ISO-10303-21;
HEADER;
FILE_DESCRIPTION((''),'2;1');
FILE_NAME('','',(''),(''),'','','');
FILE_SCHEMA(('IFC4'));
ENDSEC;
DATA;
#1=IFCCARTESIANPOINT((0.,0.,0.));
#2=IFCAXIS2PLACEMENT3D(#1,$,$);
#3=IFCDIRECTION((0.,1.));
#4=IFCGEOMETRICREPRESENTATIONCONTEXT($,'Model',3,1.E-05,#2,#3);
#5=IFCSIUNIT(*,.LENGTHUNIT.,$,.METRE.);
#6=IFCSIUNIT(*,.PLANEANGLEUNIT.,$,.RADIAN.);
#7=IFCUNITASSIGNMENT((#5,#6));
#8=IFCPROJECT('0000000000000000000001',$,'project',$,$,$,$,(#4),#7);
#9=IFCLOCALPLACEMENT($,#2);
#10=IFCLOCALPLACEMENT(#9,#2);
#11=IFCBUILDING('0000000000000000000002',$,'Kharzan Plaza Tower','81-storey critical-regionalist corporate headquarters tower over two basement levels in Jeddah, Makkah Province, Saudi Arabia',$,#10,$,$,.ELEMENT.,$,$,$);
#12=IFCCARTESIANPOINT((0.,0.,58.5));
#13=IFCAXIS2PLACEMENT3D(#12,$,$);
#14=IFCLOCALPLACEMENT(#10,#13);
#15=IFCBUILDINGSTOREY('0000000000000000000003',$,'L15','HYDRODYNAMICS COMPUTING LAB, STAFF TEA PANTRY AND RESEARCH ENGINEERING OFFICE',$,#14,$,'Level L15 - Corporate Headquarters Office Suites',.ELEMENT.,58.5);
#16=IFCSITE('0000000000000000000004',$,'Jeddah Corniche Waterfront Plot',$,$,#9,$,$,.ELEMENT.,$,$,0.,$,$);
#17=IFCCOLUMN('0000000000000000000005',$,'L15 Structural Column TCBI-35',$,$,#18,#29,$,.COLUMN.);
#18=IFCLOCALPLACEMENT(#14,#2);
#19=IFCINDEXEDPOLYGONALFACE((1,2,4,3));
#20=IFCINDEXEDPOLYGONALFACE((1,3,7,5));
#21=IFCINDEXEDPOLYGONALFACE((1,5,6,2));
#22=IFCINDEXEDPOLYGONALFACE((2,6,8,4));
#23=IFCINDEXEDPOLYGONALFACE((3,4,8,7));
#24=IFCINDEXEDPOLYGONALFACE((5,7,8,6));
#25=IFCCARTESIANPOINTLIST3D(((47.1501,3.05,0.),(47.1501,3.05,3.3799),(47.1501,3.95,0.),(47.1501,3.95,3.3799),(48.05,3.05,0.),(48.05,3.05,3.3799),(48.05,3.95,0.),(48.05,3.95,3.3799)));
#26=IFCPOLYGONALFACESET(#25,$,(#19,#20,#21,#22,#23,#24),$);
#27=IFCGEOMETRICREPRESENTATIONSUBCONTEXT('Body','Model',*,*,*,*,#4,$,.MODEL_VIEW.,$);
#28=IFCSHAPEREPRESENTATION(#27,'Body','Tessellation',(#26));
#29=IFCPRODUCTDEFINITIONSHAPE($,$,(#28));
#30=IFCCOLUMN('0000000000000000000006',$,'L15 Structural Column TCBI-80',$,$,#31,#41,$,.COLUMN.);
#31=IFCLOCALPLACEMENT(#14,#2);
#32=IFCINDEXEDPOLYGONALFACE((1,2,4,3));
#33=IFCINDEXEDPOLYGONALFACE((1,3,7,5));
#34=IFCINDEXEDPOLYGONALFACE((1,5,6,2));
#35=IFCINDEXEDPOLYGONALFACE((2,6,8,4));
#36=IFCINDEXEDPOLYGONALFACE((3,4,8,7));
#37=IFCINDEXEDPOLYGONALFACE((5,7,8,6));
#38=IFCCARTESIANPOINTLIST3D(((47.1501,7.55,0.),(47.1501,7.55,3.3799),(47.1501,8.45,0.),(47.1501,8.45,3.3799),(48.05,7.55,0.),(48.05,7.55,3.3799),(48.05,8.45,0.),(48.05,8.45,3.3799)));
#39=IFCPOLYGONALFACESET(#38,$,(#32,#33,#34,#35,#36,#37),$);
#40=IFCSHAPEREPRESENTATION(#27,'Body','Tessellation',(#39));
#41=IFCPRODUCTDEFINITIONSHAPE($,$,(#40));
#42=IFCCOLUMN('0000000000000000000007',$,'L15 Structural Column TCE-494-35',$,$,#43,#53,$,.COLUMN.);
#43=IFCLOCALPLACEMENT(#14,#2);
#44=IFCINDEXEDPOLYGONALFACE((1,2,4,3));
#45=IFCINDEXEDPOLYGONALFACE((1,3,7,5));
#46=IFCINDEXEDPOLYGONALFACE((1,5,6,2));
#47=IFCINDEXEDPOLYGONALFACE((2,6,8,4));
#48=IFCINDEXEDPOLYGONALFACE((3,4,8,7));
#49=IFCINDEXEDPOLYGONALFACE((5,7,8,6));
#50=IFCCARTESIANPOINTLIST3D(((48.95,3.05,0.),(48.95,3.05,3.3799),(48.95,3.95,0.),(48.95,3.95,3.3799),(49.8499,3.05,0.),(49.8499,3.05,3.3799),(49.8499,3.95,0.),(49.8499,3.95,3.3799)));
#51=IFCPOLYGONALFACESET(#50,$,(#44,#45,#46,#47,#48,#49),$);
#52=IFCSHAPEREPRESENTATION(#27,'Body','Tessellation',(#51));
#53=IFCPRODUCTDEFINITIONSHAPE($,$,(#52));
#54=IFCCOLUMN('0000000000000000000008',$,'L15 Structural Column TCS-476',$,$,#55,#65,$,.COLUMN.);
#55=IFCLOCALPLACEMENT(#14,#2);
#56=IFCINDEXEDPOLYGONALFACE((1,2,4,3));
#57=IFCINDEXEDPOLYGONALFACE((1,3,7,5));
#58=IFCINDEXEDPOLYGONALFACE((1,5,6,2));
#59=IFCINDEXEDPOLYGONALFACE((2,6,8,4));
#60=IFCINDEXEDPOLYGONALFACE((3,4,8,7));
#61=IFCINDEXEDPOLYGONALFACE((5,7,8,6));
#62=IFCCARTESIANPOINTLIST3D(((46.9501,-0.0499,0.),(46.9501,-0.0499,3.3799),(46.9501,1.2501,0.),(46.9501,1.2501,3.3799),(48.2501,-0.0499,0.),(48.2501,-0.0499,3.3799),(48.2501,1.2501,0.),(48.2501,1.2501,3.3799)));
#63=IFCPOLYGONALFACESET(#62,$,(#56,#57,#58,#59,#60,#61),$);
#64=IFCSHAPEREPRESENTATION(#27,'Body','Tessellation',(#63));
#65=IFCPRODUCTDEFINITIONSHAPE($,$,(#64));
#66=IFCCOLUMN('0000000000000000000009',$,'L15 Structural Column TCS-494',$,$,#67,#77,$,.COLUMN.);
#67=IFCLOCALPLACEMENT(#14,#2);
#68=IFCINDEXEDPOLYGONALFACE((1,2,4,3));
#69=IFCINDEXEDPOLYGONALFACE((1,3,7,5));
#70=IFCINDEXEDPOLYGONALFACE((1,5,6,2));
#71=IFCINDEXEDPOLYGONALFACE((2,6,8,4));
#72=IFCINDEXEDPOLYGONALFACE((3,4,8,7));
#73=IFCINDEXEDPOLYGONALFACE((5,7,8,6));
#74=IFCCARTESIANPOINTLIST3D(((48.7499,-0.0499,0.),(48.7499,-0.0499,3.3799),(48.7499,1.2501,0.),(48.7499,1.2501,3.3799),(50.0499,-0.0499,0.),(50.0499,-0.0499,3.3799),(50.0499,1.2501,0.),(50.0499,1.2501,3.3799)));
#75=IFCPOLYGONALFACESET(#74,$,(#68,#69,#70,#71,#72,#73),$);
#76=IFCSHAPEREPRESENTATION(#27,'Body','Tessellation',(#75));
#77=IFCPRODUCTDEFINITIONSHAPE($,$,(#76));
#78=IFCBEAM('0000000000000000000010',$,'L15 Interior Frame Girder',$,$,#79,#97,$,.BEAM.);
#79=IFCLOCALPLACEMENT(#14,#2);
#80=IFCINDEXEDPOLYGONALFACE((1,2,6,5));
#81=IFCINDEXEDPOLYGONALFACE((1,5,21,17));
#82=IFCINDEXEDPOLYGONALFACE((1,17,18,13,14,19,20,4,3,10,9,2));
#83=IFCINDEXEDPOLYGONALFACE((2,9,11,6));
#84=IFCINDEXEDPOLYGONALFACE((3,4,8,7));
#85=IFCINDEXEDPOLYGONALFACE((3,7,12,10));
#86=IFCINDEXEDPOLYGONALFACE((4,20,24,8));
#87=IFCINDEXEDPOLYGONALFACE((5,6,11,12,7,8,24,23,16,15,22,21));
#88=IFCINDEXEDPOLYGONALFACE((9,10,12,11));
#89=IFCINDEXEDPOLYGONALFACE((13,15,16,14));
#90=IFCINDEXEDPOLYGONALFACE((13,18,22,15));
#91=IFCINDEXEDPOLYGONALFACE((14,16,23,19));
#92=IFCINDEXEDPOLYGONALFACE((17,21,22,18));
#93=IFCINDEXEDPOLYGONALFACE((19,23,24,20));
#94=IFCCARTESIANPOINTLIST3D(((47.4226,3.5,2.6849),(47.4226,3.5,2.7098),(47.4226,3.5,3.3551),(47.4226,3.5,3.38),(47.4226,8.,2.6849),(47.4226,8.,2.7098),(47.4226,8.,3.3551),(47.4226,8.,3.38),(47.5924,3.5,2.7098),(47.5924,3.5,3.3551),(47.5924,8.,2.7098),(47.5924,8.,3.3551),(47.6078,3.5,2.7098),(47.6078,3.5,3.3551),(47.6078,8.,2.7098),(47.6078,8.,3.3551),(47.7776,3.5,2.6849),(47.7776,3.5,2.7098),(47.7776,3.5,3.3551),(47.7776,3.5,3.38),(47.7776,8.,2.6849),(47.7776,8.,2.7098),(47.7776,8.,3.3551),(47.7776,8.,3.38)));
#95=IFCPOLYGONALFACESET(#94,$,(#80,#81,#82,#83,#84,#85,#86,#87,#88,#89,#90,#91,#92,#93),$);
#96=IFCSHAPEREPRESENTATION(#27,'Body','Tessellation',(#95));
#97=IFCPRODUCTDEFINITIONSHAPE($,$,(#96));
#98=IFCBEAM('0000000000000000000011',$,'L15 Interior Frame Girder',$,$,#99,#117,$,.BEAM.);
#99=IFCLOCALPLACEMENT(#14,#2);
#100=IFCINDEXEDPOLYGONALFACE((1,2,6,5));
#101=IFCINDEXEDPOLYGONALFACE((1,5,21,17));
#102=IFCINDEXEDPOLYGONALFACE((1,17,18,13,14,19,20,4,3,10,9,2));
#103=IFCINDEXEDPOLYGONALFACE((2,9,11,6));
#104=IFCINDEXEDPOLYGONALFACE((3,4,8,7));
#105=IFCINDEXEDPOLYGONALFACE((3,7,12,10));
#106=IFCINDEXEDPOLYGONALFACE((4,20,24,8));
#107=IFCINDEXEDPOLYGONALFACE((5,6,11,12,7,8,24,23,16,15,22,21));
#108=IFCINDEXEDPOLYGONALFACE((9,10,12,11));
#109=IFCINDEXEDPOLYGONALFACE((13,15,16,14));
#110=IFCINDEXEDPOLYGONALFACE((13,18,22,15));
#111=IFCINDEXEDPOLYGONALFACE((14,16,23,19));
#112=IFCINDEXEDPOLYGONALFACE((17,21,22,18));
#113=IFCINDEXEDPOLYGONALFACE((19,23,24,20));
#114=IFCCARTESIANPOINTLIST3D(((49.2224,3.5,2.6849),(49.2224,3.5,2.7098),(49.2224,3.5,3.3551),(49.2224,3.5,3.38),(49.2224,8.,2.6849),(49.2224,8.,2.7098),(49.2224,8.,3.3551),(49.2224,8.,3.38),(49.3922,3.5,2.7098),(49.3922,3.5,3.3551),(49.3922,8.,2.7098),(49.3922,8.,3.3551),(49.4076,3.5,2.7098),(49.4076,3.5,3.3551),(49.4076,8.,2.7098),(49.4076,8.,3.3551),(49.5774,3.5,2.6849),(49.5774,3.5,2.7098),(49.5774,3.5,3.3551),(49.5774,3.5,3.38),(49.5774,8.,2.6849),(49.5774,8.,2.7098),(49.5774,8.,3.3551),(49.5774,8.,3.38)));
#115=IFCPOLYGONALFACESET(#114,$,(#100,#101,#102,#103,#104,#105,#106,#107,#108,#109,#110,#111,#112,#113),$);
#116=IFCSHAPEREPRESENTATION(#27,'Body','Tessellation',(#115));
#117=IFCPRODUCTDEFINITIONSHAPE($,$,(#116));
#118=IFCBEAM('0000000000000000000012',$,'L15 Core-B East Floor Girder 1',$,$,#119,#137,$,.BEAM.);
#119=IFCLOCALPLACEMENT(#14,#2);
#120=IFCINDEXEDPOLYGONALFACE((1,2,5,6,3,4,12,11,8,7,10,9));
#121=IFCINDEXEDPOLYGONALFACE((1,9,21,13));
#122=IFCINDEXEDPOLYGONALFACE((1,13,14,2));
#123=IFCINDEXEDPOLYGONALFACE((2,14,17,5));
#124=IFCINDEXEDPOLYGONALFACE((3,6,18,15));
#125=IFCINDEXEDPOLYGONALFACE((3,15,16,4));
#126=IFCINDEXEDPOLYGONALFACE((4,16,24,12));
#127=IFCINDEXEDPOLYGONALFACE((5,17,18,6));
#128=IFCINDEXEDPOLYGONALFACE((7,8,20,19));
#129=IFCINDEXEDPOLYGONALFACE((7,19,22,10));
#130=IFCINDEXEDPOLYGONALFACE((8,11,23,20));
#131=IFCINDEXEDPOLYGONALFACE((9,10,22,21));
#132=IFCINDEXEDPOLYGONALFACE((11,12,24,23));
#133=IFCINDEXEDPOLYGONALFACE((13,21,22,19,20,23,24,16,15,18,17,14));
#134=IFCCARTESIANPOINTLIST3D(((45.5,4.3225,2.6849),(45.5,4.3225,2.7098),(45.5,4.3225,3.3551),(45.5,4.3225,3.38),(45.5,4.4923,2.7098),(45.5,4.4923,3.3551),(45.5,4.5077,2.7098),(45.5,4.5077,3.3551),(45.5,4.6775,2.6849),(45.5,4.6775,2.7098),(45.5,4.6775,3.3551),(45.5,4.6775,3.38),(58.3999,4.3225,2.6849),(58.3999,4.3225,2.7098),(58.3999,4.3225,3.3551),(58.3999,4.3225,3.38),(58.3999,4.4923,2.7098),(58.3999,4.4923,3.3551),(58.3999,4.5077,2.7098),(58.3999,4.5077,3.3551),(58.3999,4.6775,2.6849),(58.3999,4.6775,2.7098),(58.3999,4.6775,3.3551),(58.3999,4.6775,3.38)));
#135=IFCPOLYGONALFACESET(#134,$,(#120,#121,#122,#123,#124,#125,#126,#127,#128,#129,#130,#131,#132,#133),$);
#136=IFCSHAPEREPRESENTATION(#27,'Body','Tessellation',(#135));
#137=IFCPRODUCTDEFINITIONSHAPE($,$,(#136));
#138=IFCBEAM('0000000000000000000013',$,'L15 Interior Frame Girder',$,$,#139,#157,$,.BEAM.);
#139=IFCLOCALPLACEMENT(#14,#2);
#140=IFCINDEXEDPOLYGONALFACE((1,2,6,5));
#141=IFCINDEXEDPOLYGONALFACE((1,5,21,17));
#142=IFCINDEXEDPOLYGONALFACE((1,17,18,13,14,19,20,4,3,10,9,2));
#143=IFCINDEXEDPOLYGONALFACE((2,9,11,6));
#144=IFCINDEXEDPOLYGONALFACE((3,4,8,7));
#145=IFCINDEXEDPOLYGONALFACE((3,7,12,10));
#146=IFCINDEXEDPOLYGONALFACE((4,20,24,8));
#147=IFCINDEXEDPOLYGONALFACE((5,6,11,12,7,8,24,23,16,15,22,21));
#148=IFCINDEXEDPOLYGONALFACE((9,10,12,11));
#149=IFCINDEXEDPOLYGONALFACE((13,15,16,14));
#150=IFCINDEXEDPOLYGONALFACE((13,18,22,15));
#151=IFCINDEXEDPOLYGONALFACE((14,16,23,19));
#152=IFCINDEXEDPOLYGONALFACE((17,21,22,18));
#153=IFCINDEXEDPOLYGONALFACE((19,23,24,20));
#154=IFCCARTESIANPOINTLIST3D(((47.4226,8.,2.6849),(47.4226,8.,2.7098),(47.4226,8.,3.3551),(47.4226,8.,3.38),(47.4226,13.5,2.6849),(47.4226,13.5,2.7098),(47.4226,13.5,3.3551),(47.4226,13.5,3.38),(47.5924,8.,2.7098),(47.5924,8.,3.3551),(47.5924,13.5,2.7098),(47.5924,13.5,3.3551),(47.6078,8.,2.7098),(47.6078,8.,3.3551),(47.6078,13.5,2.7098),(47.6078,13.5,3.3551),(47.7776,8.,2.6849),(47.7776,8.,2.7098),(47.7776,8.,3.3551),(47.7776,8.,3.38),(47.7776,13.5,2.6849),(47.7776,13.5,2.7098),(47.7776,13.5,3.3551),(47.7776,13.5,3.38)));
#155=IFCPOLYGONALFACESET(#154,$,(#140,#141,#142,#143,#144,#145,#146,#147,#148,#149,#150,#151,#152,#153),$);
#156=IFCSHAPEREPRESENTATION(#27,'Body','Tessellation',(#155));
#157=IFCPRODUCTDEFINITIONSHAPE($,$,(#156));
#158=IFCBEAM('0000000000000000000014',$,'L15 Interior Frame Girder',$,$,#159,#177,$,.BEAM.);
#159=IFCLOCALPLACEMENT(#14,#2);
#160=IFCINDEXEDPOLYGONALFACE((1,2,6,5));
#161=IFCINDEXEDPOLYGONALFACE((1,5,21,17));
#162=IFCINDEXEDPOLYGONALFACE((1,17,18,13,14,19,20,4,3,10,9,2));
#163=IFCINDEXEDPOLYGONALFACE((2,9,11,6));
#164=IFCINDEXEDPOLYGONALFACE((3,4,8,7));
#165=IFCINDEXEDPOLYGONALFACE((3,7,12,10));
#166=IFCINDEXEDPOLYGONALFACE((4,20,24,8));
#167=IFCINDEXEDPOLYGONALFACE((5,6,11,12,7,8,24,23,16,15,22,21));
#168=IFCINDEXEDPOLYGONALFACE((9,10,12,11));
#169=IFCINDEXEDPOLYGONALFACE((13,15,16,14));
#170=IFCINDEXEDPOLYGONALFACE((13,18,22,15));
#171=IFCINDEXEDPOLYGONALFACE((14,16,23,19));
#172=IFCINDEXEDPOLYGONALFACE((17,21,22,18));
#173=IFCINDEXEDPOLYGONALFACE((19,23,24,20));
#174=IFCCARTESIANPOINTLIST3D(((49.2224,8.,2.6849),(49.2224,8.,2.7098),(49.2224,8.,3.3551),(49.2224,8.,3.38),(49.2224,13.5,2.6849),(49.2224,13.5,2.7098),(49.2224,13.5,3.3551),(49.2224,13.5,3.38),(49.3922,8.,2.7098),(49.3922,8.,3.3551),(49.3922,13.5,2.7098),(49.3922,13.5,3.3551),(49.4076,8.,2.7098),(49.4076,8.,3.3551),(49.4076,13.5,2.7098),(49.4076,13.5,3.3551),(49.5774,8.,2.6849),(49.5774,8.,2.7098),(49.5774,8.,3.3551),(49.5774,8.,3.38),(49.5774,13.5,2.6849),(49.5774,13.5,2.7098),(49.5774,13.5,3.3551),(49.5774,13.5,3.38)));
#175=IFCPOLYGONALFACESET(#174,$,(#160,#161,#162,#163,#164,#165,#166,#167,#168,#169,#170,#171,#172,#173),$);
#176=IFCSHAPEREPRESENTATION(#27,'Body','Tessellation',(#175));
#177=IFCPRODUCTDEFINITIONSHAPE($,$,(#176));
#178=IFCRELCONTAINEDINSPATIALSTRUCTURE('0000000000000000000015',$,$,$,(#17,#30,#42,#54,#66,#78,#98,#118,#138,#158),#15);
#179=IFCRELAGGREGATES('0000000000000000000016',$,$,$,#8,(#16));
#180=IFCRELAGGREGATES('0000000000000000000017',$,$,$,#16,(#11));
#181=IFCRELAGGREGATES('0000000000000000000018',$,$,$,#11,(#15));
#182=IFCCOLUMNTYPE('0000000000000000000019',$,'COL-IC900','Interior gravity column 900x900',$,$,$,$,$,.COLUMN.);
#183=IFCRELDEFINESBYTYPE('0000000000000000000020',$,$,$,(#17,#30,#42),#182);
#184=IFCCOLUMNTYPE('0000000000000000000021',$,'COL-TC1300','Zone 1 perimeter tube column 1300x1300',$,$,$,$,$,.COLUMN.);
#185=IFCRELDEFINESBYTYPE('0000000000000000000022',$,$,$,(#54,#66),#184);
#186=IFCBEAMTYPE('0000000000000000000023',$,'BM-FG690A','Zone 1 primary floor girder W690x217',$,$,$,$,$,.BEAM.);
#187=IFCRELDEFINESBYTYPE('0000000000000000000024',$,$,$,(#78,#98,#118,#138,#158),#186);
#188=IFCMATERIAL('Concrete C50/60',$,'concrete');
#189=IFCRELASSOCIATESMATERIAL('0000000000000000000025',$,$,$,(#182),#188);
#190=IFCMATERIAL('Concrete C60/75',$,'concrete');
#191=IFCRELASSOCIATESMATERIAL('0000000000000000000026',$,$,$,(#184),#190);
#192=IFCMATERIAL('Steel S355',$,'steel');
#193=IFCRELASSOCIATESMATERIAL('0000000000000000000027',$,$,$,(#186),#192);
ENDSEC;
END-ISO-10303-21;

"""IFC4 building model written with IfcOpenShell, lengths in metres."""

from ifc_helpers import new_model, si_unit, direction, frame, origin, origin_2d, place, context, subcontext, project, spatial, rectangle, i_section, extrude, source, transform, mapped, material, material_profile, profile_set, type_object, element, save


model = new_model("IFC4")

# Units and contexts
model_context = context("Model", 3, precision=1e-05, world=origin(), true_north=direction((0.0, 1.0)))
body_context = subcontext(model_context, "Body", "Model", "MODEL_VIEW")
ifc_project = project(units=[si_unit("LENGTHUNIT", "METRE"), si_unit("PLANEANGLEUNIT", "RADIAN")], contexts=[model_context])

# Site, building, storey
site_placement = place(None, origin())
site = spatial("IfcSite", under=ifc_project, at=site_placement, Name="Jeddah Corniche Waterfront Plot", CompositionType="ELEMENT", RefElevation=0.0)
building_placement = place(site_placement, origin())
building = spatial("IfcBuilding", under=site, at=building_placement, Name="Kharzan Plaza Tower", Description="81-storey critical-regionalist corporate headquarters tower over two basement levels in Jeddah, Makkah Province, Saudi Arabia", CompositionType="ELEMENT")
storey_placement = place(building_placement, frame((0.0, 0.0, 58.5)))
storey = spatial("IfcBuildingStorey", under=building, at=storey_placement, Name="L15", Description="HYDRODYNAMICS COMPUTING LAB, STAFF TEA PANTRY AND RESEARCH ENGINEERING OFFICE", LongName="Level L15 - Corporate Headquarters Office Suites", CompositionType="ELEMENT", Elevation=58.5)

# Columns
ifc_material_1 = material(Name="Concrete C50/60", Category="concrete")
ifc_material_profile_1 = material_profile(ifc_material_1, rectangle(XDim=0.8999, YDim=0.8999, at=origin_2d()), Name="RC-IC900x900")
ifc_profile_set_1 = profile_set([ifc_material_profile_1], Name="Concrete C50/60")
column_type_1 = type_object("IfcColumnType", Name="COL-IC900", Description="Interior gravity column 900x900", PredefinedType="COLUMN", material=ifc_profile_set_1)
shared_shape_1 = source(origin(), body_context, "Body", "SweptSolid", [
    extrude(rectangle(XDim=0.8999, YDim=0.8999, at=origin_2d()), origin(), (0.0, 0.0, 1.0), 3.3799),
])
for number, where, z_axis, x_axis, name in (
    (1, (47.6001, 3.5, 0.0), (0.0, 0.0, 1.0), (1.0, 0.0, 0.0), "L15 Structural Column TCBI-35"),
    (2, (47.6001, 8.0, 0.0), (0.0, 0.0, 1.0), (1.0, 0.0, 0.0), "L15 Structural Column TCBI-80"),
    (3, (49.3999, 3.5, 0.0), (0.0, 0.0, 1.0), (1.0, 0.0, 0.0), "L15 Structural Column TCE-494-35"),
):
    element("IfcColumn", number, at=place(storey_placement, frame(where, z_axis=z_axis, x_axis=x_axis)), inside=storey, type_object=column_type_1, Name=name, PredefinedType="COLUMN", context=body_context, shape_type="MappedRepresentation", body=[
        mapped(shared_shape_1, transform((0.0, 0.0, 0.0), x_axis=(1.0, 0.0, 0.0), y_axis=(0.0, 1.0, 0.0), z_axis=(0.0, 0.0, 1.0))),
    ])
ifc_material_2 = material(Name="Concrete C60/75", Category="concrete")
ifc_material_profile_2 = material_profile(ifc_material_2, rectangle(XDim=1.3, YDim=1.3, at=origin_2d()), Name="RC-TC1300x1300")
ifc_profile_set_2 = profile_set([ifc_material_profile_2], Name="Concrete C60/75")
column_type_2 = type_object("IfcColumnType", Name="COL-TC1300", Description="Zone 1 perimeter tube column 1300x1300", PredefinedType="COLUMN", material=ifc_profile_set_2)
shared_shape_2 = source(origin(), body_context, "Body", "SweptSolid", [
    extrude(rectangle(XDim=1.3, YDim=1.3, at=origin_2d()), origin(), (0.0, 0.0, 1.0), 3.3799),
])
for number, where, z_axis, x_axis, name in (
    (4, (47.6001, 0.6001, 0.0), (0.0, 0.0, 1.0), (1.0, 0.0, 0.0), "L15 Structural Column TCS-476"),
    (5, (49.3999, 0.6001, 0.0), (0.0, 0.0, 1.0), (1.0, 0.0, 0.0), "L15 Structural Column TCS-494"),
):
    element("IfcColumn", number, at=place(storey_placement, frame(where, z_axis=z_axis, x_axis=x_axis)), inside=storey, type_object=column_type_2, Name=name, PredefinedType="COLUMN", context=body_context, shape_type="MappedRepresentation", body=[
        mapped(shared_shape_2, transform((0.0, 0.0, 0.0), x_axis=(1.0, 0.0, 0.0), y_axis=(0.0, 1.0, 0.0), z_axis=(0.0, 0.0, 1.0))),
    ])

# Beams
ifc_material_3 = material(Name="Steel S355", Category="steel")
ifc_material_profile_3 = material_profile(ifc_material_3, i_section(OverallWidth=0.355, OverallDepth=0.6951, WebThickness=0.0154, FlangeThickness=0.0249, at=origin_2d()), Name="W690x217")
ifc_profile_set_3 = profile_set([ifc_material_profile_3], Name="Steel S355")
beam_type_1 = type_object("IfcBeamType", Name="BM-FG690A", Description="Zone 1 primary floor girder W690x217", PredefinedType="BEAM", material=ifc_profile_set_3)
shared_shape_3 = source(origin(), body_context, "Body", "SweptSolid", [
    extrude(i_section(OverallWidth=0.355, OverallDepth=0.6951, WebThickness=0.0154, FlangeThickness=0.0249, at=origin_2d()), origin(), (0.0, 0.0, 1.0), 4.5),
])
for number, where, z_axis, x_axis, name in (
    (6, (47.6001, 3.5, 3.0325), (0.0, 1.0, 0.0), (-1.0, 0.0, 0.0), "L15 Interior Frame Girder"),
    (7, (49.3999, 3.5, 3.0325), (0.0, 1.0, 0.0), (-1.0, 0.0, 0.0), "L15 Interior Frame Girder"),
):
    element("IfcBeam", number, at=place(storey_placement, frame(where, z_axis=z_axis, x_axis=x_axis)), inside=storey, type_object=beam_type_1, Name=name, PredefinedType="BEAM", context=body_context, shape_type="MappedRepresentation", body=[
        mapped(shared_shape_3, transform((0.0, 0.0, 0.0), x_axis=(1.0, 0.0, 0.0), y_axis=(0.0, 1.0, 0.0), z_axis=(0.0, 0.0, 1.0))),
    ])
shared_shape_4 = source(origin(), body_context, "Body", "SweptSolid", [
    extrude(i_section(OverallWidth=0.355, OverallDepth=0.6951, WebThickness=0.0154, FlangeThickness=0.0249, at=origin_2d()), origin(), (0.0, 0.0, 1.0), 12.8999),
])
beam_1_placement = place(storey_placement, frame((45.5, 4.5, 3.0325), z_axis=(1.0, 0.0, 0.0), x_axis=(0.0, 1.0, 0.0)))
element("IfcBeam", 8, at=beam_1_placement, inside=storey, type_object=beam_type_1, Name="L15 Core-B East Floor Girder 1", PredefinedType="BEAM", context=body_context, shape_type="MappedRepresentation", body=[
    mapped(shared_shape_4, transform((0.0, 0.0, 0.0), x_axis=(1.0, 0.0, 0.0), y_axis=(0.0, 1.0, 0.0), z_axis=(0.0, 0.0, 1.0))),
])
shared_shape_5 = source(origin(), body_context, "Body", "SweptSolid", [
    extrude(i_section(OverallWidth=0.355, OverallDepth=0.6951, WebThickness=0.0154, FlangeThickness=0.0249, at=origin_2d()), origin(), (0.0, 0.0, 1.0), 5.5),
])
for number, where, z_axis, x_axis, name in (
    (9, (47.6001, 8.0, 3.0325), (0.0, 1.0, 0.0), (-1.0, 0.0, 0.0), "L15 Interior Frame Girder"),
    (10, (49.3999, 8.0, 3.0325), (0.0, 1.0, 0.0), (-1.0, 0.0, 0.0), "L15 Interior Frame Girder"),
):
    element("IfcBeam", number, at=place(storey_placement, frame(where, z_axis=z_axis, x_axis=x_axis)), inside=storey, type_object=beam_type_1, Name=name, PredefinedType="BEAM", context=body_context, shape_type="MappedRepresentation", body=[
        mapped(shared_shape_5, transform((0.0, 0.0, 0.0), x_axis=(1.0, 0.0, 0.0), y_axis=(0.0, 1.0, 0.0), z_axis=(0.0, 0.0, 1.0))),
    ])

save(model, "model.ifc")
